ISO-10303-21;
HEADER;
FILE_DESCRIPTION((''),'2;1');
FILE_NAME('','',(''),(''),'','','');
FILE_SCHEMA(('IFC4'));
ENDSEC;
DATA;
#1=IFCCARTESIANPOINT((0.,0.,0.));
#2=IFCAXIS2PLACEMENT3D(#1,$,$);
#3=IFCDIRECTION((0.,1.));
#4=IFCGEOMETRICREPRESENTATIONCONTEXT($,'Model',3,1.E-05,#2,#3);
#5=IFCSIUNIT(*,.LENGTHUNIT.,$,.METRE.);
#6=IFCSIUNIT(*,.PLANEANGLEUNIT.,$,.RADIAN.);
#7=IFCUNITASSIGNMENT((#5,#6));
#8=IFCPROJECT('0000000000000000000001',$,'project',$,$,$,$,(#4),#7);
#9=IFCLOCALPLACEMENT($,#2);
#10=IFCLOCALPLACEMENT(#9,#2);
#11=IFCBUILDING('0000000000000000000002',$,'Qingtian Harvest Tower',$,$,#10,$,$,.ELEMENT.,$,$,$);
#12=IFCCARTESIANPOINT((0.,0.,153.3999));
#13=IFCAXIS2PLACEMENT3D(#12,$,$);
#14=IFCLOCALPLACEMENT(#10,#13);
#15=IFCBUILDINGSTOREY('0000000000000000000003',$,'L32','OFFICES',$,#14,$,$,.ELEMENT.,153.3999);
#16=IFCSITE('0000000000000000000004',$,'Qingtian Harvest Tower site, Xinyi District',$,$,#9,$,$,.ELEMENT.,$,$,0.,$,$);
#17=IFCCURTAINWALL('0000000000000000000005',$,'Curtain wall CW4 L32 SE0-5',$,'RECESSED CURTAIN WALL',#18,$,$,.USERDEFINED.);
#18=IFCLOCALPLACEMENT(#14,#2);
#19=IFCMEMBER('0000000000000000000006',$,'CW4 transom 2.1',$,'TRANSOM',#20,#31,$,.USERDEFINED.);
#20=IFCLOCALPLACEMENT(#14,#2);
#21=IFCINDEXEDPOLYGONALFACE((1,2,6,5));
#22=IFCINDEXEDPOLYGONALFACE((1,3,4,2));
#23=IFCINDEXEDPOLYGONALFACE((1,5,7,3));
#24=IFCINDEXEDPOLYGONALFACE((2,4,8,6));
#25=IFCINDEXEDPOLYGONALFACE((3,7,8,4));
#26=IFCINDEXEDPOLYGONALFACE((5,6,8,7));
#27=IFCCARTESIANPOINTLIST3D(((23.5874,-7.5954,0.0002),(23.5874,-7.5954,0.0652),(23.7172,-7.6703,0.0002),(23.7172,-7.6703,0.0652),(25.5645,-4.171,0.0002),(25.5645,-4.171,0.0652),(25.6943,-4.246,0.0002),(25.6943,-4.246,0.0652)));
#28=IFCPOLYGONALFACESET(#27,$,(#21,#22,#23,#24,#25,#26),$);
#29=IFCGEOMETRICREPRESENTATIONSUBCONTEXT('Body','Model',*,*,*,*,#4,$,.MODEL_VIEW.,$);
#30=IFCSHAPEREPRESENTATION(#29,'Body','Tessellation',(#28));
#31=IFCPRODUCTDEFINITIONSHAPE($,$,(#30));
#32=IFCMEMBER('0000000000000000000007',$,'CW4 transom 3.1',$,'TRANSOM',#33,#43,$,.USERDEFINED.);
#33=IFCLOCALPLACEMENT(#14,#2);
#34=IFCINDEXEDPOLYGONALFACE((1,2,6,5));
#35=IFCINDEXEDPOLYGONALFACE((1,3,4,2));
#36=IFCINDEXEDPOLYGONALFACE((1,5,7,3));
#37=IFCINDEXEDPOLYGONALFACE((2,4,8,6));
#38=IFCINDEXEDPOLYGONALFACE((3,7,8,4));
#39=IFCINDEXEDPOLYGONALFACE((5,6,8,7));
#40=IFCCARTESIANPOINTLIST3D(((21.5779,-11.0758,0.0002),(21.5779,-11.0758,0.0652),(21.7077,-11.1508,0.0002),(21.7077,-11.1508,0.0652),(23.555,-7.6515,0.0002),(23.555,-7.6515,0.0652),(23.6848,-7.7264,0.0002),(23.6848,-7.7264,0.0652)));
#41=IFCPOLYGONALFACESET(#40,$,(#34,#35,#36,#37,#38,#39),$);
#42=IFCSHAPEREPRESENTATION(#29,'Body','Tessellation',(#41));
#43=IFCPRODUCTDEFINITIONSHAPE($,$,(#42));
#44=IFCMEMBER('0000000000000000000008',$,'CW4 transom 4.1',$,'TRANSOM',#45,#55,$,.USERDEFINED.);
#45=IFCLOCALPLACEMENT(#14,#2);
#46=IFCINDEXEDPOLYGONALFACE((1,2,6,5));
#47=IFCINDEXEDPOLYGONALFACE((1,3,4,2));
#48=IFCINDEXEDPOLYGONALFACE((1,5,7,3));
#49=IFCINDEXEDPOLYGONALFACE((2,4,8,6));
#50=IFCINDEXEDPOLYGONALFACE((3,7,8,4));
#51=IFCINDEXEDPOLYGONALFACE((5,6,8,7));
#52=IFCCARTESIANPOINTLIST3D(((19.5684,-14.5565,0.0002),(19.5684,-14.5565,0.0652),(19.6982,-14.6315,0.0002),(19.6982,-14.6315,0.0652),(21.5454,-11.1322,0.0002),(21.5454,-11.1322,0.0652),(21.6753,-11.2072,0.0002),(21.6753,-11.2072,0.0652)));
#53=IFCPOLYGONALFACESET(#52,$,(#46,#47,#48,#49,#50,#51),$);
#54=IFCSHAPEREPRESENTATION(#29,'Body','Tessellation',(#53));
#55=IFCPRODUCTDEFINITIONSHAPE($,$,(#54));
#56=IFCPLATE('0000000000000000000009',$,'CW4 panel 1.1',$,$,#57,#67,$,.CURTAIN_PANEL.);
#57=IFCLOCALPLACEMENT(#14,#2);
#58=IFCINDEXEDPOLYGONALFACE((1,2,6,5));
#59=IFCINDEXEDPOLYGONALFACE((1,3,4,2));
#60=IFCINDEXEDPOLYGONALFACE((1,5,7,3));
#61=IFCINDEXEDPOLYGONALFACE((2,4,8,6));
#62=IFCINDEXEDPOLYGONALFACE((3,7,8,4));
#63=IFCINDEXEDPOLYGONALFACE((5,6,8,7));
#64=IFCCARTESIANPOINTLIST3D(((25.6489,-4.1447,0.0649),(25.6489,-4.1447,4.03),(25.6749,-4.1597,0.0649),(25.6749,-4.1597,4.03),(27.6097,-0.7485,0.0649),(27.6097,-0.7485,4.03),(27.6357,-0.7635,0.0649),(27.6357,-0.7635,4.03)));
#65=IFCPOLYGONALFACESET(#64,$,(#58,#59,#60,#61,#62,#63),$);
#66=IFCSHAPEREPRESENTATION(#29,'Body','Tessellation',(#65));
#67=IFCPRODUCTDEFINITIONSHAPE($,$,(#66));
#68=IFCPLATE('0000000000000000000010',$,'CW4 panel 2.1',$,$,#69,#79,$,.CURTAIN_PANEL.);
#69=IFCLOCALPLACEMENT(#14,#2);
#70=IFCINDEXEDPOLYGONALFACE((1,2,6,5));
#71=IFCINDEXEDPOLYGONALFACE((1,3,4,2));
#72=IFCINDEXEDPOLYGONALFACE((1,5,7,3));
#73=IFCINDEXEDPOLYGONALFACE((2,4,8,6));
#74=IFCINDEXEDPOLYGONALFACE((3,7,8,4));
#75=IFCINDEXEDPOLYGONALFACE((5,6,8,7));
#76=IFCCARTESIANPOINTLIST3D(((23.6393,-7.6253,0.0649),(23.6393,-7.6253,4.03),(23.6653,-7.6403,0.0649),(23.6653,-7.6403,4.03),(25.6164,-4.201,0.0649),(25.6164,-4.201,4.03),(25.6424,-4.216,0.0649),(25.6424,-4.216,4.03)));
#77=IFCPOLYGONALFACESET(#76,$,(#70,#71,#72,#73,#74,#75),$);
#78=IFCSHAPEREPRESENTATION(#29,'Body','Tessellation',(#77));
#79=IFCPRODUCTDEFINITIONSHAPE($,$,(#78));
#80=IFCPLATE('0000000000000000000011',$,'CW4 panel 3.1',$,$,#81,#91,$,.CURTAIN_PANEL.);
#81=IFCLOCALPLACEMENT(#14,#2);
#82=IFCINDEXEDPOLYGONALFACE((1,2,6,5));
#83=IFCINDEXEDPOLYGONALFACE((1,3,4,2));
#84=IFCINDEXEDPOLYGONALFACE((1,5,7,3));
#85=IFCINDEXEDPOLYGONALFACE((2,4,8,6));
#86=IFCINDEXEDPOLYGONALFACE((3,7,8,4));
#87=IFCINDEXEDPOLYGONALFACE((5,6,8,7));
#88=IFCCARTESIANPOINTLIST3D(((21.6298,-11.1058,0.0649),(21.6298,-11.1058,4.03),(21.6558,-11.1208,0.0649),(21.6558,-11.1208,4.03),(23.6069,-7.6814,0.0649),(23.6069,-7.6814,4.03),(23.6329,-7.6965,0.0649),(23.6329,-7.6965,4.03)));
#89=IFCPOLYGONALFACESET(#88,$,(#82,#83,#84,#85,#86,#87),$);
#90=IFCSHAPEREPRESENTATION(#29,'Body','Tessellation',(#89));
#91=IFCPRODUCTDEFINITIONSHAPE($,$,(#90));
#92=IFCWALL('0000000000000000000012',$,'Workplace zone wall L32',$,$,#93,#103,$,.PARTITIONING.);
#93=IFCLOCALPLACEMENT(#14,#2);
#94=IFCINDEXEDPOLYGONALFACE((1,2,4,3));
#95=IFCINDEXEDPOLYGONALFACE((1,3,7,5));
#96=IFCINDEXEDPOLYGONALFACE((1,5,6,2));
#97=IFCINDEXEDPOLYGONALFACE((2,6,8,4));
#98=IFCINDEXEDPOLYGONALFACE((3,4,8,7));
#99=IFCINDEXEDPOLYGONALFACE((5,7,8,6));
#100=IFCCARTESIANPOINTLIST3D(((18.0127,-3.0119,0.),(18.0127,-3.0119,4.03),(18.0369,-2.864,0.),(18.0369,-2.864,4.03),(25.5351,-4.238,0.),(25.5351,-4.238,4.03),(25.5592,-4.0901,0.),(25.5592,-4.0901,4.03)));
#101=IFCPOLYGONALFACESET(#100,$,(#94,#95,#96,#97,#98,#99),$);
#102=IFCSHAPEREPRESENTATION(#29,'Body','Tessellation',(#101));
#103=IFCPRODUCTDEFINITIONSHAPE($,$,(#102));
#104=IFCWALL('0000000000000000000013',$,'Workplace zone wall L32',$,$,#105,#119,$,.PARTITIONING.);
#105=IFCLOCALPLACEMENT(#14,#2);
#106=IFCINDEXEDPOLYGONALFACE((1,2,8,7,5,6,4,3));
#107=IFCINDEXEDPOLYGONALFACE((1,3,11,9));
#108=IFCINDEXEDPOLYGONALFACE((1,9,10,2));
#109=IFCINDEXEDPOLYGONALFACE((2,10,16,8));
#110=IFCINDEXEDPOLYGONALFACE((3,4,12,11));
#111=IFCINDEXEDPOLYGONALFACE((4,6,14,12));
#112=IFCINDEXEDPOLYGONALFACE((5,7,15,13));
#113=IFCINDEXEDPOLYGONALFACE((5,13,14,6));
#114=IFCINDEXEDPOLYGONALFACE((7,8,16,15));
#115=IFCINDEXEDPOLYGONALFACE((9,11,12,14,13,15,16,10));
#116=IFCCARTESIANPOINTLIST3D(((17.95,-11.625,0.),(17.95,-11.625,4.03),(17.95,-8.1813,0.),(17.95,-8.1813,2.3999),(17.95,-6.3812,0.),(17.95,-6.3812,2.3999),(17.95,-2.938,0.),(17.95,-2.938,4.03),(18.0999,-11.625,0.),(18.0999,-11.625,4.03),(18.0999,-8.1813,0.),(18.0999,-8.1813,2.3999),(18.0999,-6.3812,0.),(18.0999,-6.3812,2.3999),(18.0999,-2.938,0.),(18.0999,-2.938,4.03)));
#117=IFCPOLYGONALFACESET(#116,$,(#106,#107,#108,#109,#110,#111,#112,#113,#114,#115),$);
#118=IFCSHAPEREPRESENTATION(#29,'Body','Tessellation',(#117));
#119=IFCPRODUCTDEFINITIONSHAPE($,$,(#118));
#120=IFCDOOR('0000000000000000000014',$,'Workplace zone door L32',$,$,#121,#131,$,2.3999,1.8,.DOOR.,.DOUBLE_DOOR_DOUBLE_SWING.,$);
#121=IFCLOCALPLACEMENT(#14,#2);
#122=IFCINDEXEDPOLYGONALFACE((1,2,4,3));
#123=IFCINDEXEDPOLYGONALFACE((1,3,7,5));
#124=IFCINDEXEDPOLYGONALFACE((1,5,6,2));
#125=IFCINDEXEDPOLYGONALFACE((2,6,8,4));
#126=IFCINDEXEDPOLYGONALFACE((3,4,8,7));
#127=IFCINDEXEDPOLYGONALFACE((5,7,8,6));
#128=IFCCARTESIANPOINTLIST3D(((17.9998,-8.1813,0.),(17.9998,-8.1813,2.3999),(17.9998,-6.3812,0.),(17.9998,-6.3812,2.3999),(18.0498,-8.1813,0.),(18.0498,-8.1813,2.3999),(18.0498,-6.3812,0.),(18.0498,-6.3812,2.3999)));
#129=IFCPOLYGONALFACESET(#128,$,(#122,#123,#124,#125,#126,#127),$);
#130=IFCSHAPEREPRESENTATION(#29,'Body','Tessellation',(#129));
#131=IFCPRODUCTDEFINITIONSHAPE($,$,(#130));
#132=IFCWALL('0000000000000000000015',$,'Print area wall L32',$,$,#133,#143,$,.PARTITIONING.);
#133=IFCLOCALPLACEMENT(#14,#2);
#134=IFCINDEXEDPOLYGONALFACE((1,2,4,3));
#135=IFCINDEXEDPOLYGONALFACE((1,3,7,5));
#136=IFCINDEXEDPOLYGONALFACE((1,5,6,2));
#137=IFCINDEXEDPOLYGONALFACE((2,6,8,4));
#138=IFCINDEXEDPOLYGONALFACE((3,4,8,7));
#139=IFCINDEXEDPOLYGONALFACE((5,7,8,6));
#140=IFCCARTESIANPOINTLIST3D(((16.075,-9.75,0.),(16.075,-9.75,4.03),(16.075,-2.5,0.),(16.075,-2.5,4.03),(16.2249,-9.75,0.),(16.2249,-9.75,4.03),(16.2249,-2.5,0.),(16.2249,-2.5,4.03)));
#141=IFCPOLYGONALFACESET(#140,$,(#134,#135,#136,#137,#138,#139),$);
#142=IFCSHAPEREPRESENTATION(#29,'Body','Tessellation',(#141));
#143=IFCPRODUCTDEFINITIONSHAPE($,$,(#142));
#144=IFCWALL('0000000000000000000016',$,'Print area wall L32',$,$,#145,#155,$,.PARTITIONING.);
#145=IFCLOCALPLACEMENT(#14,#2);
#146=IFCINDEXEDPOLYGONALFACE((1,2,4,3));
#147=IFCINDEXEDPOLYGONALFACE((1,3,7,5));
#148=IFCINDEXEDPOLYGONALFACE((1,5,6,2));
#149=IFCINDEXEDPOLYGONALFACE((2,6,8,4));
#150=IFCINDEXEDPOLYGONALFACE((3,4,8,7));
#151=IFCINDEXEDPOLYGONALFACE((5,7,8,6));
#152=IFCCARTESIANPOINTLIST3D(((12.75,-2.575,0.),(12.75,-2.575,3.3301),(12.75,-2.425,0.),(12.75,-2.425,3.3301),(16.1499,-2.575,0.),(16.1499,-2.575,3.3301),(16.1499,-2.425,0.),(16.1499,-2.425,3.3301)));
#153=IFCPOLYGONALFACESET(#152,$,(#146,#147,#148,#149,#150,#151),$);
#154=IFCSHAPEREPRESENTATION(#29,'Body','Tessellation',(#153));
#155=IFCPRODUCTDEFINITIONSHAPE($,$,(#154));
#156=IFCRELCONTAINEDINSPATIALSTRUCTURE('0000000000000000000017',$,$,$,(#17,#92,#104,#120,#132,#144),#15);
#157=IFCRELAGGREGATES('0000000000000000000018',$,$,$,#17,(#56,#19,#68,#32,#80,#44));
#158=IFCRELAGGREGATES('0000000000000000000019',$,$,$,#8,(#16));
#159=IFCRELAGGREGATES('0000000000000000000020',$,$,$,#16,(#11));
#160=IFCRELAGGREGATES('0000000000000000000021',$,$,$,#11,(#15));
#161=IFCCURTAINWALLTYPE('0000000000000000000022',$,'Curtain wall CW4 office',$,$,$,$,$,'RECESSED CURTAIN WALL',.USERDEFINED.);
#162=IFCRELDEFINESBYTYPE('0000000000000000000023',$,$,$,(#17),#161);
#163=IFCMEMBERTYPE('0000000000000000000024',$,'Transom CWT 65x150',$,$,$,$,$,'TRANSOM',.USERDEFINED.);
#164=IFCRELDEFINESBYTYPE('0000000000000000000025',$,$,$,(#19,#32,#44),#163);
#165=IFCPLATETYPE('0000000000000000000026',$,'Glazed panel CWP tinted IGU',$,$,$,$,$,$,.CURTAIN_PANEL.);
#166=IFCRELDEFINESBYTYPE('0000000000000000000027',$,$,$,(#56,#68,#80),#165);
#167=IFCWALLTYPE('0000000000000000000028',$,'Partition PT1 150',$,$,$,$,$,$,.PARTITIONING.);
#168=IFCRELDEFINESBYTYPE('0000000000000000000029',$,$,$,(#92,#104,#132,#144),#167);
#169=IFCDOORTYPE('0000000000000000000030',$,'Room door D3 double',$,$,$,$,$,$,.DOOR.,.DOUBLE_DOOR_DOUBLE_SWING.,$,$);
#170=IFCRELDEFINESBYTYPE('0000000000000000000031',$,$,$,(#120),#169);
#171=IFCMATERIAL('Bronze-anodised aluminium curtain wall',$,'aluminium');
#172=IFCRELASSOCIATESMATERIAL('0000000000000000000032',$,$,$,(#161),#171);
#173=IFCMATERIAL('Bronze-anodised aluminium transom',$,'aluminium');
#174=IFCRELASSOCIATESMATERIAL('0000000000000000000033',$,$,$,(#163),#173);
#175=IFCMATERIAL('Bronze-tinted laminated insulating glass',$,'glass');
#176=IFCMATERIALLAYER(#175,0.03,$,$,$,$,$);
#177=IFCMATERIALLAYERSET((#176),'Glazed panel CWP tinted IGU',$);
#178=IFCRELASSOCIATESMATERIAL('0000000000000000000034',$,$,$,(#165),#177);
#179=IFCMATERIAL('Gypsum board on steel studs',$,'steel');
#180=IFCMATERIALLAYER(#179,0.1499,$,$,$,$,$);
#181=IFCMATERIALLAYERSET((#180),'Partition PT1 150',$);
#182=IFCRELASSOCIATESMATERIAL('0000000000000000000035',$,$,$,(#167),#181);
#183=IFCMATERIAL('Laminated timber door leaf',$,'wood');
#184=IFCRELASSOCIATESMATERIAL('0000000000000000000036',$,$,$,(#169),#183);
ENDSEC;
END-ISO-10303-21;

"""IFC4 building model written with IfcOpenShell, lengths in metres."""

from ifc_helpers import new_model, si_unit, direction, frame, frame_2d, origin, origin_2d, place, context, subcontext, project, spatial, rectangle, extrude, material, layer, layer_set, material_profile, profile_set, type_object, element, fill, aggregate, save


model = new_model("IFC4")

# Units and contexts
model_context = context("Model", 3, precision=1e-05, world=origin(), true_north=direction((0.0, 1.0)))
body_context = subcontext(model_context, "Body", "Model", "MODEL_VIEW")
ifc_project = project(units=[si_unit("LENGTHUNIT", "METRE"), si_unit("PLANEANGLEUNIT", "RADIAN")], contexts=[model_context])

# Site, building, storey
site_placement = place(None, origin())
site = spatial("IfcSite", under=ifc_project, at=site_placement, Name="Qingtian Harvest Tower site, Xinyi District", CompositionType="ELEMENT", RefElevation=0.0)
building_placement = place(site_placement, origin())
building = spatial("IfcBuilding", under=site, at=building_placement, Name="Qingtian Harvest Tower", CompositionType="ELEMENT")
storey_placement = place(building_placement, frame((0.0, 0.0, 153.3999)))
storey = spatial("IfcBuildingStorey", under=building, at=storey_placement, Name="L32", Description="OFFICES", CompositionType="ELEMENT", Elevation=153.3999)

# Shared definitions
ifc_material_1 = material(Name="Bronze-anodised aluminium curtain wall", Category="aluminium")
curtain_wall_type = type_object("IfcCurtainWallType", Name="Curtain wall CW4 office", ElementType="RECESSED CURTAIN WALL", PredefinedType="USERDEFINED", material=ifc_material_1)

# Curtain wall
curtain_wall_1_placement = place(storey_placement, origin())
curtain_wall_1 = element("IfcCurtainWall", 1, at=curtain_wall_1_placement, inside=storey, type_object=curtain_wall_type, Name="Curtain wall CW4 L32 SE0-5", ObjectType="RECESSED CURTAIN WALL", PredefinedType="USERDEFINED")

# Members
ifc_material_2 = material(Name="Bronze-anodised aluminium transom", Category="aluminium")
ifc_material_profile_1 = material_profile(ifc_material_2, rectangle(XDim=0.1499, YDim=0.0649, at=origin_2d()), Name="AL 65x150")
ifc_profile_set_1 = profile_set([ifc_material_profile_1], Name="Bronze-anodised aluminium transom")
member_type_1 = type_object("IfcMemberType", Name="Transom CWT 65x150", ElementType="TRANSOM", PredefinedType="USERDEFINED", material=ifc_profile_set_1)
member_1_placement = place(storey_placement, frame((25.6294, -4.2085, 0.0327), z_axis=(-0.500004, -0.866023, 0.0), x_axis=(0.866023, -0.500004, 0.0)))
member_1 = element("IfcMember", 2, at=member_1_placement, type_object=member_type_1, Name="CW4 transom 2.1", ObjectType="TRANSOM", PredefinedType="USERDEFINED", context=body_context, shape_type="SweptSolid", body=[
    extrude(rectangle(XDim=0.1499, YDim=0.0649, at=origin_2d()), origin(), (0.0, 0.0, 1.0), 3.9541),
])
member_2_placement = place(storey_placement, frame((23.6199, -7.689, 0.0327), z_axis=(-0.500004, -0.866023, 0.0), x_axis=(0.866023, -0.500004, 0.0)))
member_2 = element("IfcMember", 3, at=member_2_placement, type_object=member_type_1, Name="CW4 transom 3.1", ObjectType="TRANSOM", PredefinedType="USERDEFINED", context=body_context, shape_type="SweptSolid", body=[
    extrude(rectangle(XDim=0.1499, YDim=0.0649, at=origin_2d()), origin(), (0.0, 0.0, 1.0), 3.9541),
])
member_3_placement = place(storey_placement, frame((21.6104, -11.1697, 0.0327), z_axis=(-0.500004, -0.866023, 0.0), x_axis=(0.866023, -0.500004, 0.0)))
member_3 = element("IfcMember", 4, at=member_3_placement, type_object=member_type_1, Name="CW4 transom 4.1", ObjectType="TRANSOM", PredefinedType="USERDEFINED", context=body_context, shape_type="SweptSolid", body=[
    extrude(rectangle(XDim=0.1499, YDim=0.0649, at=origin_2d()), origin(), (0.0, 0.0, 1.0), 3.9541),
])

# Plates
ifc_material_3 = material(Name="Bronze-tinted laminated insulating glass", Category="glass")
ifc_layer_1 = layer(ifc_material_3, 0.03)
ifc_layer_set_1 = layer_set([ifc_layer_1], Name="Glazed panel CWP tinted IGU")
plate_type = type_object("IfcPlateType", Name="Glazed panel CWP tinted IGU", PredefinedType="CURTAIN_PANEL", material=ifc_layer_set_1)
plate_1_placement = place(storey_placement, frame((26.6423, -2.4541, 0.0649), z_axis=(0.0, 0.0, 1.0), x_axis=(-0.5, -0.866025, 0.0)))
plate_1 = element("IfcPlate", 5, at=plate_1_placement, type_object=plate_type, Name="CW4 panel 1.1", PredefinedType="CURTAIN_PANEL", context=body_context, shape_type="SweptSolid", body=[
    extrude(rectangle(XDim=3.9216, YDim=0.03, at=origin_2d()), origin(), (0.0, 0.0, 1.0), 3.9651),
])
plate_2_placement = place(storey_placement, frame((24.6409, -5.9207, 0.0649), z_axis=(0.0, 0.0, 1.0), x_axis=(-0.5, -0.866025, 0.0)))
plate_2 = element("IfcPlate", 6, at=plate_2_placement, type_object=plate_type, Name="CW4 panel 2.1", PredefinedType="CURTAIN_PANEL", context=body_context, shape_type="SweptSolid", body=[
    extrude(rectangle(XDim=3.9541, YDim=0.03, at=origin_2d()), origin(), (0.0, 0.0, 1.0), 3.9651),
])
plate_3_placement = place(storey_placement, frame((22.6313, -9.4011, 0.0649), z_axis=(0.0, 0.0, 1.0), x_axis=(-0.5, -0.866025, 0.0)))
plate_3 = element("IfcPlate", 7, at=plate_3_placement, type_object=plate_type, Name="CW4 panel 3.1", PredefinedType="CURTAIN_PANEL", context=body_context, shape_type="SweptSolid", body=[
    extrude(rectangle(XDim=3.9541, YDim=0.03, at=origin_2d()), origin(), (0.0, 0.0, 1.0), 3.9651),
])
aggregate(curtain_wall_1, [plate_1, member_1, plate_2, member_2, plate_3, member_3])

# Wall
ifc_material_4 = material(Name="Gypsum board on steel studs", Category="steel")
ifc_layer_2 = layer(ifc_material_4, 0.1499)
ifc_layer_set_2 = layer_set([ifc_layer_2], Name="Partition PT1 150")
wall_type = type_object("IfcWallType", Name="Partition PT1 150", PredefinedType="PARTITIONING", material=ifc_layer_set_2)
wall_1_placement = place(storey_placement, frame((25.5471, -4.1641, 0.0), z_axis=(0.0, 0.0, 1.0), x_axis=(-0.986975, 0.160871, 0.0)))
element("IfcWall", 8, at=wall_1_placement, inside=storey, type_object=wall_type, Name="Workplace zone wall L32", PredefinedType="PARTITIONING", context=body_context, shape_type="SweptSolid", body=[
    extrude(rectangle(XDim=7.6216, YDim=0.1499, at=frame_2d((3.8108, 0.0))), origin(), (0.0, 0.0, 1.0), 4.03),
])

# Wall, opening, door
wall_2_placement = place(storey_placement, frame((18.0249, -2.938, 0.0), z_axis=(0.0, 0.0, 1.0), x_axis=(0.0, -1.0, 0.0)))
wall_2 = element("IfcWall", 9, at=wall_2_placement, inside=storey, type_object=wall_type, Name="Workplace zone wall L32", PredefinedType="PARTITIONING", context=body_context, shape_type="SweptSolid", body=[
    extrude(rectangle(XDim=8.687, YDim=0.1499, at=frame_2d((4.3435, 0.0))), origin(), (0.0, 0.0, 1.0), 4.03),
])
opening_placement = place(wall_2_placement, frame((3.4434, 0.0, 0.0)))
opening = element("IfcOpeningElement", 10, at=opening_placement, cuts=wall_2, PredefinedType="OPENING", context=body_context, shape_type="SweptSolid", body=[
    extrude(rectangle(XDim=1.8, YDim=2.3999, at=frame_2d((0.8999, 1.2))), frame((0.0, 0.085, 0.0), z_axis=(0.0, -1.0, 0.0), x_axis=(1.0, 0.0, 0.0)), (0.0, 0.0, 1.0), 0.1699),
])
ifc_material_5 = material(Name="Laminated timber door leaf", Category="wood")
door_type = type_object("IfcDoorType", Name="Room door D3 double", OperationType="DOUBLE_DOOR_DOUBLE_SWING", PredefinedType="DOOR", material=ifc_material_5)
door_placement = place(opening_placement, origin())
door = element("IfcDoor", 11, at=door_placement, inside=storey, type_object=door_type, Name="Workplace zone door L32", OperationType="DOUBLE_DOOR_DOUBLE_SWING", OverallHeight=2.3999, OverallWidth=1.8, PredefinedType="DOOR", context=body_context, shape_type="SweptSolid", body=[
    extrude(rectangle(XDim=1.8, YDim=2.3999, at=frame_2d((0.8999, 1.2))), frame((0.0, 0.0249, 0.0), z_axis=(0.0, -1.0, 0.0), x_axis=(1.0, 0.0, 0.0)), (0.0, 0.0, 1.0), 0.05),
])
fill(opening, door)

# Walls
wall_3_placement = place(storey_placement, frame((16.1499, -9.75, 0.0), z_axis=(0.0, 0.0, 1.0), x_axis=(0.0, 1.0, 0.0)))
element("IfcWall", 12, at=wall_3_placement, inside=storey, type_object=wall_type, Name="Print area wall L32", PredefinedType="PARTITIONING", context=body_context, shape_type="SweptSolid", body=[
    extrude(rectangle(XDim=7.25, YDim=0.1499, at=frame_2d((3.625, 0.0))), origin(), (0.0, 0.0, 1.0), 4.03),
])
wall_4_placement = place(storey_placement, frame((12.75, -2.5, 0.0), z_axis=(0.0, 0.0, 1.0), x_axis=(1.0, 0.0, 0.0)))
element("IfcWall", 13, at=wall_4_placement, inside=storey, type_object=wall_type, Name="Print area wall L32", PredefinedType="PARTITIONING", context=body_context, shape_type="SweptSolid", body=[
    extrude(rectangle(XDim=3.3999, YDim=0.1499, at=frame_2d((1.7, 0.0))), origin(), (0.0, 0.0, 1.0), 3.3301),
])

save(model, "model.ifc")
